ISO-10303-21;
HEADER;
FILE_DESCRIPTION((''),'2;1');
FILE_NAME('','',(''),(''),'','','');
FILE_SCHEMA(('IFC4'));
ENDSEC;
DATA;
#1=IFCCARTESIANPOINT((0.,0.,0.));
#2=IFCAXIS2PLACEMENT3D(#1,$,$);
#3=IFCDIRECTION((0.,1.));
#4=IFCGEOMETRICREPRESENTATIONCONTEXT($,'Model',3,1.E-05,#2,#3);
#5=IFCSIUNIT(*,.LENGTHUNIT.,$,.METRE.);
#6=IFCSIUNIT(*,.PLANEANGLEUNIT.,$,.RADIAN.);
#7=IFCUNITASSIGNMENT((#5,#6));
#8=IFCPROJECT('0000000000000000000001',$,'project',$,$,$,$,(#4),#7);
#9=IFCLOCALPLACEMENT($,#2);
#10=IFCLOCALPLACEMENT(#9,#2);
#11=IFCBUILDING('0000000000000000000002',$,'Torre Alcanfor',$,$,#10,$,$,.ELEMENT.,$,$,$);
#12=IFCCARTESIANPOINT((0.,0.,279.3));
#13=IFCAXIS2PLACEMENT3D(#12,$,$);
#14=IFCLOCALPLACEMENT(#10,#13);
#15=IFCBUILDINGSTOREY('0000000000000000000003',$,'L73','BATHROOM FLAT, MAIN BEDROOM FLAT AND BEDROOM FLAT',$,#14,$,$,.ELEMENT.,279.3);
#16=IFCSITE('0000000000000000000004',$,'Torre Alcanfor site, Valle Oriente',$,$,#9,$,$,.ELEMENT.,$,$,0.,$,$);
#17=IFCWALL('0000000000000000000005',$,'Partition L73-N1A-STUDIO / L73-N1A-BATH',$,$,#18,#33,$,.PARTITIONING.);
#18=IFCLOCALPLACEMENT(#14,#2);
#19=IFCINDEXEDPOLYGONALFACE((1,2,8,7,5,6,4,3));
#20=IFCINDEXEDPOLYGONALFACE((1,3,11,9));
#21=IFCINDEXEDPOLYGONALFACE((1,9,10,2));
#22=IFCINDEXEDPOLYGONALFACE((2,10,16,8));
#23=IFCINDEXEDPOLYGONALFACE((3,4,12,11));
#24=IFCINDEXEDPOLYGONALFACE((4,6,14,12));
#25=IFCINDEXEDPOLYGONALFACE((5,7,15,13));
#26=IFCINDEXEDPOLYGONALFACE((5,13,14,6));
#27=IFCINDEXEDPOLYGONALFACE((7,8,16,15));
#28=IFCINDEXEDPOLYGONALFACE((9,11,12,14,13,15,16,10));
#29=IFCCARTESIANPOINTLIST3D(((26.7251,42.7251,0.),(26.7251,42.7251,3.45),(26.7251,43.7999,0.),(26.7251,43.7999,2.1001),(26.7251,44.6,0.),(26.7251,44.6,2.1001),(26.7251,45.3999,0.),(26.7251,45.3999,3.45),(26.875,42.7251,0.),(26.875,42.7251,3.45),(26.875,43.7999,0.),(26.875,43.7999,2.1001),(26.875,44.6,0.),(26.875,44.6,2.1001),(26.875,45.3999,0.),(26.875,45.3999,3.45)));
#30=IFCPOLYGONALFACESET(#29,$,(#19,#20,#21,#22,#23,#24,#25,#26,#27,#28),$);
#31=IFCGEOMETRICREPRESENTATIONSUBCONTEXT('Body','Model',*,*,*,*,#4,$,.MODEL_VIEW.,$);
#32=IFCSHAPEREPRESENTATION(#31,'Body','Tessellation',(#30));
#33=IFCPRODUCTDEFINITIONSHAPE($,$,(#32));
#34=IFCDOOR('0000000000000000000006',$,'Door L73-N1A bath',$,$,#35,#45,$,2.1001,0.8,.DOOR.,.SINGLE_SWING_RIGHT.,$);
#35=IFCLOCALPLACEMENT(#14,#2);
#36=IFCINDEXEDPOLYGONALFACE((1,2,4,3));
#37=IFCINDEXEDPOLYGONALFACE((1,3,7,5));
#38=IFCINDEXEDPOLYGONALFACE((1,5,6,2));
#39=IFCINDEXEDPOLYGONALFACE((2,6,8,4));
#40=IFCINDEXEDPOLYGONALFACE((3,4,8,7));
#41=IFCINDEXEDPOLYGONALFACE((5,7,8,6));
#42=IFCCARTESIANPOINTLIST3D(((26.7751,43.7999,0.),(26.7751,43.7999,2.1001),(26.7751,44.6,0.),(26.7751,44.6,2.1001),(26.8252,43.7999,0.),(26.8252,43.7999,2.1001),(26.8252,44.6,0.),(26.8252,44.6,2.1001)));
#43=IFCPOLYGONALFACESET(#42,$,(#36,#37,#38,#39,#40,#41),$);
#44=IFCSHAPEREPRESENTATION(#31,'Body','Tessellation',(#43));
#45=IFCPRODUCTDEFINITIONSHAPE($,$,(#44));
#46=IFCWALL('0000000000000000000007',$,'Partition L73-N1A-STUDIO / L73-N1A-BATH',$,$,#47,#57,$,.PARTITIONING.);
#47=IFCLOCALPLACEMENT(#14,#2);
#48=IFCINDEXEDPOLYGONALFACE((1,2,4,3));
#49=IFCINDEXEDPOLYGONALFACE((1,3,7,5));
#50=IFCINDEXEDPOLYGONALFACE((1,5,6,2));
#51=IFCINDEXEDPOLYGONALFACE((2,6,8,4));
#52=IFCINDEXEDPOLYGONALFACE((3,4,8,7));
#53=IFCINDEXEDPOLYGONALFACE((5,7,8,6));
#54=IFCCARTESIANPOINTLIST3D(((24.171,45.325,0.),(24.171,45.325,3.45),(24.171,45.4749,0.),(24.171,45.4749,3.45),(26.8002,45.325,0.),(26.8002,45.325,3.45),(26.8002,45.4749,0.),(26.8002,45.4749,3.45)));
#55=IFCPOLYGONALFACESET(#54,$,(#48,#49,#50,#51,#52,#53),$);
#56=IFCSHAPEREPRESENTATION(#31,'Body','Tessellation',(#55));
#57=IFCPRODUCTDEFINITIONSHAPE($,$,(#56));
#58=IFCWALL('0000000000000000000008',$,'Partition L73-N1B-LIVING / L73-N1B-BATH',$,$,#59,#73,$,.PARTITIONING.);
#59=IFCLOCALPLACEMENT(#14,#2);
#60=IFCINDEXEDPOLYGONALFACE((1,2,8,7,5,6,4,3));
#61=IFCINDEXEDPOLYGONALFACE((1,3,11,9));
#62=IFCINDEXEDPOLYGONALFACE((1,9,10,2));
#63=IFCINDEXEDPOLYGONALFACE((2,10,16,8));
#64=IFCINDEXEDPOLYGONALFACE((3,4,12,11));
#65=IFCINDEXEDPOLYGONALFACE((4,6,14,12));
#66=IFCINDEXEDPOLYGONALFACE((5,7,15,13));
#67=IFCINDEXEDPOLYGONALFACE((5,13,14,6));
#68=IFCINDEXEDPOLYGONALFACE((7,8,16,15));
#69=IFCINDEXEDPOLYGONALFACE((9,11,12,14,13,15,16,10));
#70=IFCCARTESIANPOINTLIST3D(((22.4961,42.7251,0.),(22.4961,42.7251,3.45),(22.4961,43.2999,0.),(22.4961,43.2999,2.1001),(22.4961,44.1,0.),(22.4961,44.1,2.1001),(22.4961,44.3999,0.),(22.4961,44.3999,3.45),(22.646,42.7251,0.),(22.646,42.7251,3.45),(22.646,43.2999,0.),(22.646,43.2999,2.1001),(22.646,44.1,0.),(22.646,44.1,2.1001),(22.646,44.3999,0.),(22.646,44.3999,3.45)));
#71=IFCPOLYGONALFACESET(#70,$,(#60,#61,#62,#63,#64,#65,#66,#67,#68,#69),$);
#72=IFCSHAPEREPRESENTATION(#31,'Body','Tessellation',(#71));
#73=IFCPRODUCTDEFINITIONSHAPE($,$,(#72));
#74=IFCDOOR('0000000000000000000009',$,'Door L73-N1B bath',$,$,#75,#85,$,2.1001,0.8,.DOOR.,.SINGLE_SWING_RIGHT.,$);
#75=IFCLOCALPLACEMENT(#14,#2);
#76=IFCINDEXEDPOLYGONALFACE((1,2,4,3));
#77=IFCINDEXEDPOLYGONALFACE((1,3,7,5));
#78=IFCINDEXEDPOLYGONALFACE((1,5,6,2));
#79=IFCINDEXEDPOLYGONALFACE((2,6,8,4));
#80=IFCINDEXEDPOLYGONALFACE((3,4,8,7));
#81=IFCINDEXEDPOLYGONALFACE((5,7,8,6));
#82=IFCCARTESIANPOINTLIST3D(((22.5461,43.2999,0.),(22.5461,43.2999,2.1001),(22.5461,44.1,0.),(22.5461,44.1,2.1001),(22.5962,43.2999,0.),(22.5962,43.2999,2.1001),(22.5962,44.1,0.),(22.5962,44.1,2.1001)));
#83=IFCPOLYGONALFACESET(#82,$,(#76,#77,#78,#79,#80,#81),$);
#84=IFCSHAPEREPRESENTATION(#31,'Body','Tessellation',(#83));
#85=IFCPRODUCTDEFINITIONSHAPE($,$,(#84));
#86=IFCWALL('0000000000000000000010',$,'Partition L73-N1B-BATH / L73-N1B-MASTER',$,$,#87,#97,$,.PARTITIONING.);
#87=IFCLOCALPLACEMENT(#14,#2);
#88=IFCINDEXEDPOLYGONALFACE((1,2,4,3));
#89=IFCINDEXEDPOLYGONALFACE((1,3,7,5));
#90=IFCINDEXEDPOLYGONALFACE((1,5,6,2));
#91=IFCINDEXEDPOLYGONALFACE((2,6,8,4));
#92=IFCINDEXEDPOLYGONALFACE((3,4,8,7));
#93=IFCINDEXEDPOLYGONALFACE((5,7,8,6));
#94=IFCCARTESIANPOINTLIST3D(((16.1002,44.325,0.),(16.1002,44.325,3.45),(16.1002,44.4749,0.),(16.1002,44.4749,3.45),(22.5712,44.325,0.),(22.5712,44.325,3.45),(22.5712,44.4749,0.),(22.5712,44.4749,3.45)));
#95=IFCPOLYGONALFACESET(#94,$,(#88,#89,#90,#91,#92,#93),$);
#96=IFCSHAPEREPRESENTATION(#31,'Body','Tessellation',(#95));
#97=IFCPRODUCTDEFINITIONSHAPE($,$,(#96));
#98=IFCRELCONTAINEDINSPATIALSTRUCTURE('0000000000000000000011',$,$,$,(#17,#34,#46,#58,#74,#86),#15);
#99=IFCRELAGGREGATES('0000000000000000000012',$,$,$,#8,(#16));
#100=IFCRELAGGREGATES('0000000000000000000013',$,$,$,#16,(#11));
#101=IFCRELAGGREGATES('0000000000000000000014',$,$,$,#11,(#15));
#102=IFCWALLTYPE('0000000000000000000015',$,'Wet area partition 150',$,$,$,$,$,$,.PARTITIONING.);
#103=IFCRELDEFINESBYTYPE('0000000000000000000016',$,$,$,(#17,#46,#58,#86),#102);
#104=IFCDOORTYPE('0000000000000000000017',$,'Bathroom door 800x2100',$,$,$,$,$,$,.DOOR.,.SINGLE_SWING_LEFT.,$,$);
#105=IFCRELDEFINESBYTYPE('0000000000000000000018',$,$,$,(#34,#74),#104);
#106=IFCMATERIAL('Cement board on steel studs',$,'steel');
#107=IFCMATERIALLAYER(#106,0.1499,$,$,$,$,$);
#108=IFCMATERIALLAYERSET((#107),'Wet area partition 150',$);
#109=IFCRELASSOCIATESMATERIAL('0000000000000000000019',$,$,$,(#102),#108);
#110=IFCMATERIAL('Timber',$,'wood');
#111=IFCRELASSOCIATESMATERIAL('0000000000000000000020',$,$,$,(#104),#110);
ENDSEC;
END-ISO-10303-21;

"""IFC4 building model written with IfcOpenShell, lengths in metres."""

from ifc_helpers import new_model, si_unit, direction, frame, frame_2d, origin, place, context, subcontext, project, spatial, rectangle, extrude, material, layer, layer_set, type_object, element, fill, save


model = new_model("IFC4")

# Units and contexts
model_context = context("Model", 3, precision=1e-05, world=origin(), true_north=direction((0.0, 1.0)))
body_context = subcontext(model_context, "Body", "Model", "MODEL_VIEW")
ifc_project = project(units=[si_unit("LENGTHUNIT", "METRE"), si_unit("PLANEANGLEUNIT", "RADIAN")], contexts=[model_context])

# Site, building, storey
site_placement = place(None, origin())
site = spatial("IfcSite", under=ifc_project, at=site_placement, Name="Torre Alcanfor site, Valle Oriente", CompositionType="ELEMENT", RefElevation=0.0)
building_placement = place(site_placement, origin())
building = spatial("IfcBuilding", under=site, at=building_placement, Name="Torre Alcanfor", CompositionType="ELEMENT")
storey_placement = place(building_placement, frame((0.0, 0.0, 279.3)))
storey = spatial("IfcBuildingStorey", under=building, at=storey_placement, Name="L73", Description="BATHROOM FLAT, MAIN BEDROOM FLAT AND BEDROOM FLAT", CompositionType="ELEMENT", Elevation=279.3)

# Wall, opening, door
ifc_material_1 = material(Name="Cement board on steel studs", Category="steel")
ifc_layer_1 = layer(ifc_material_1, 0.1499)
ifc_layer_set_1 = layer_set([ifc_layer_1], Name="Wet area partition 150")
wall_type_1 = type_object("IfcWallType", Name="Wet area partition 150", PredefinedType="PARTITIONING", material=ifc_layer_set_1)
wall_1_placement = place(storey_placement, frame((26.8, 42.7251, 0.0), z_axis=(0.0, 0.0, 1.0), x_axis=(0.0, 1.0, 0.0)))
wall_1 = element("IfcWall", 1, at=wall_1_placement, inside=storey, type_object=wall_type_1, Name="Partition L73-N1A-STUDIO / L73-N1A-BATH", PredefinedType="PARTITIONING", context=body_context, shape_type="SweptSolid", body=[
    extrude(rectangle(XDim=2.6748, YDim=0.1499, at=frame_2d((1.3374, 0.0))), origin(), (0.0, 0.0, 1.0), 3.45),
])
opening_1_placement = place(wall_1_placement, frame((1.075, 0.0, 0.0)))
opening_1 = element("IfcOpeningElement", 2, at=opening_1_placement, cuts=wall_1, PredefinedType="OPENING", context=body_context, shape_type="SweptSolid", body=[
    extrude(rectangle(XDim=0.8, YDim=2.1001, at=frame_2d((0.3999, 1.05))), frame((0.0, 0.085, 0.0), z_axis=(0.0, -1.0, 0.0), x_axis=(1.0, 0.0, 0.0)), (0.0, 0.0, 1.0), 0.1699),
])
ifc_material_2 = material(Name="Timber", Category="wood")
door_type_1 = type_object("IfcDoorType", Name="Bathroom door 800x2100", OperationType="SINGLE_SWING_LEFT", PredefinedType="DOOR", material=ifc_material_2)
door_1_placement = place(opening_1_placement, origin())
door_1 = element("IfcDoor", 3, at=door_1_placement, inside=storey, type_object=door_type_1, Name="Door L73-N1A bath", OperationType="SINGLE_SWING_RIGHT", OverallHeight=2.1001, OverallWidth=0.8, PredefinedType="DOOR", context=body_context, shape_type="SweptSolid", body=[
    extrude(rectangle(XDim=0.8, YDim=2.1001, at=frame_2d((0.3999, 1.05))), frame((0.0, 0.0249, 0.0), z_axis=(0.0, -1.0, 0.0), x_axis=(1.0, 0.0, 0.0)), (0.0, 0.0, 1.0), 0.05),
])
fill(opening_1, door_1)

# Wall
wall_2_placement = place(storey_placement, frame((26.8, 45.3999, 0.0), z_axis=(0.0, 0.0, 1.0), x_axis=(-1.0, 0.0, 0.0)))
element("IfcWall", 4, at=wall_2_placement, inside=storey, type_object=wall_type_1, Name="Partition L73-N1A-STUDIO / L73-N1A-BATH", PredefinedType="PARTITIONING", context=body_context, shape_type="SweptSolid", body=[
    extrude(rectangle(XDim=2.6292, YDim=0.1499, at=frame_2d((1.3145, 0.0))), origin(), (0.0, 0.0, 1.0), 3.45),
])

# Wall, opening, door
wall_3_placement = place(storey_placement, frame((22.571, 42.7251, 0.0), z_axis=(0.0, 0.0, 1.0), x_axis=(0.0, 1.0, 0.0)))
wall_3 = element("IfcWall", 5, at=wall_3_placement, inside=storey, type_object=wall_type_1, Name="Partition L73-N1B-LIVING / L73-N1B-BATH", PredefinedType="PARTITIONING", context=body_context, shape_type="SweptSolid", body=[
    extrude(rectangle(XDim=1.6748, YDim=0.1499, at=frame_2d((0.8374, 0.0))), origin(), (0.0, 0.0, 1.0), 3.45),
])
opening_2_placement = place(wall_3_placement, frame((0.575, 0.0, 0.0)))
opening_2 = element("IfcOpeningElement", 6, at=opening_2_placement, cuts=wall_3, PredefinedType="OPENING", context=body_context, shape_type="SweptSolid", body=[
    extrude(rectangle(XDim=0.8, YDim=2.1001, at=frame_2d((0.3999, 1.05))), frame((0.0, 0.085, 0.0), z_axis=(0.0, -1.0, 0.0), x_axis=(1.0, 0.0, 0.0)), (0.0, 0.0, 1.0), 0.1699),
])
door_2_placement = place(opening_2_placement, origin())
door_2 = element("IfcDoor", 7, at=door_2_placement, inside=storey, type_object=door_type_1, Name="Door L73-N1B bath", OperationType="SINGLE_SWING_RIGHT", OverallHeight=2.1001, OverallWidth=0.8, PredefinedType="DOOR", context=body_context, shape_type="SweptSolid", body=[
    extrude(rectangle(XDim=0.8, YDim=2.1001, at=frame_2d((0.3999, 1.05))), frame((0.0, 0.0249, 0.0), z_axis=(0.0, -1.0, 0.0), x_axis=(1.0, 0.0, 0.0)), (0.0, 0.0, 1.0), 0.05),
])
fill(opening_2, door_2)

# Wall
wall_4_placement = place(storey_placement, frame((22.571, 44.3999, 0.0), z_axis=(0.0, 0.0, 1.0), x_axis=(-1.0, 0.0, 0.0)))
element("IfcWall", 8, at=wall_4_placement, inside=storey, type_object=wall_type_1, Name="Partition L73-N1B-BATH / L73-N1B-MASTER", PredefinedType="PARTITIONING", context=body_context, shape_type="SweptSolid", body=[
    extrude(rectangle(XDim=6.4709, YDim=0.1499, at=frame_2d((3.2354, 0.0))), origin(), (0.0, 0.0, 1.0), 3.45),
])

save(model, "model.ifc")
